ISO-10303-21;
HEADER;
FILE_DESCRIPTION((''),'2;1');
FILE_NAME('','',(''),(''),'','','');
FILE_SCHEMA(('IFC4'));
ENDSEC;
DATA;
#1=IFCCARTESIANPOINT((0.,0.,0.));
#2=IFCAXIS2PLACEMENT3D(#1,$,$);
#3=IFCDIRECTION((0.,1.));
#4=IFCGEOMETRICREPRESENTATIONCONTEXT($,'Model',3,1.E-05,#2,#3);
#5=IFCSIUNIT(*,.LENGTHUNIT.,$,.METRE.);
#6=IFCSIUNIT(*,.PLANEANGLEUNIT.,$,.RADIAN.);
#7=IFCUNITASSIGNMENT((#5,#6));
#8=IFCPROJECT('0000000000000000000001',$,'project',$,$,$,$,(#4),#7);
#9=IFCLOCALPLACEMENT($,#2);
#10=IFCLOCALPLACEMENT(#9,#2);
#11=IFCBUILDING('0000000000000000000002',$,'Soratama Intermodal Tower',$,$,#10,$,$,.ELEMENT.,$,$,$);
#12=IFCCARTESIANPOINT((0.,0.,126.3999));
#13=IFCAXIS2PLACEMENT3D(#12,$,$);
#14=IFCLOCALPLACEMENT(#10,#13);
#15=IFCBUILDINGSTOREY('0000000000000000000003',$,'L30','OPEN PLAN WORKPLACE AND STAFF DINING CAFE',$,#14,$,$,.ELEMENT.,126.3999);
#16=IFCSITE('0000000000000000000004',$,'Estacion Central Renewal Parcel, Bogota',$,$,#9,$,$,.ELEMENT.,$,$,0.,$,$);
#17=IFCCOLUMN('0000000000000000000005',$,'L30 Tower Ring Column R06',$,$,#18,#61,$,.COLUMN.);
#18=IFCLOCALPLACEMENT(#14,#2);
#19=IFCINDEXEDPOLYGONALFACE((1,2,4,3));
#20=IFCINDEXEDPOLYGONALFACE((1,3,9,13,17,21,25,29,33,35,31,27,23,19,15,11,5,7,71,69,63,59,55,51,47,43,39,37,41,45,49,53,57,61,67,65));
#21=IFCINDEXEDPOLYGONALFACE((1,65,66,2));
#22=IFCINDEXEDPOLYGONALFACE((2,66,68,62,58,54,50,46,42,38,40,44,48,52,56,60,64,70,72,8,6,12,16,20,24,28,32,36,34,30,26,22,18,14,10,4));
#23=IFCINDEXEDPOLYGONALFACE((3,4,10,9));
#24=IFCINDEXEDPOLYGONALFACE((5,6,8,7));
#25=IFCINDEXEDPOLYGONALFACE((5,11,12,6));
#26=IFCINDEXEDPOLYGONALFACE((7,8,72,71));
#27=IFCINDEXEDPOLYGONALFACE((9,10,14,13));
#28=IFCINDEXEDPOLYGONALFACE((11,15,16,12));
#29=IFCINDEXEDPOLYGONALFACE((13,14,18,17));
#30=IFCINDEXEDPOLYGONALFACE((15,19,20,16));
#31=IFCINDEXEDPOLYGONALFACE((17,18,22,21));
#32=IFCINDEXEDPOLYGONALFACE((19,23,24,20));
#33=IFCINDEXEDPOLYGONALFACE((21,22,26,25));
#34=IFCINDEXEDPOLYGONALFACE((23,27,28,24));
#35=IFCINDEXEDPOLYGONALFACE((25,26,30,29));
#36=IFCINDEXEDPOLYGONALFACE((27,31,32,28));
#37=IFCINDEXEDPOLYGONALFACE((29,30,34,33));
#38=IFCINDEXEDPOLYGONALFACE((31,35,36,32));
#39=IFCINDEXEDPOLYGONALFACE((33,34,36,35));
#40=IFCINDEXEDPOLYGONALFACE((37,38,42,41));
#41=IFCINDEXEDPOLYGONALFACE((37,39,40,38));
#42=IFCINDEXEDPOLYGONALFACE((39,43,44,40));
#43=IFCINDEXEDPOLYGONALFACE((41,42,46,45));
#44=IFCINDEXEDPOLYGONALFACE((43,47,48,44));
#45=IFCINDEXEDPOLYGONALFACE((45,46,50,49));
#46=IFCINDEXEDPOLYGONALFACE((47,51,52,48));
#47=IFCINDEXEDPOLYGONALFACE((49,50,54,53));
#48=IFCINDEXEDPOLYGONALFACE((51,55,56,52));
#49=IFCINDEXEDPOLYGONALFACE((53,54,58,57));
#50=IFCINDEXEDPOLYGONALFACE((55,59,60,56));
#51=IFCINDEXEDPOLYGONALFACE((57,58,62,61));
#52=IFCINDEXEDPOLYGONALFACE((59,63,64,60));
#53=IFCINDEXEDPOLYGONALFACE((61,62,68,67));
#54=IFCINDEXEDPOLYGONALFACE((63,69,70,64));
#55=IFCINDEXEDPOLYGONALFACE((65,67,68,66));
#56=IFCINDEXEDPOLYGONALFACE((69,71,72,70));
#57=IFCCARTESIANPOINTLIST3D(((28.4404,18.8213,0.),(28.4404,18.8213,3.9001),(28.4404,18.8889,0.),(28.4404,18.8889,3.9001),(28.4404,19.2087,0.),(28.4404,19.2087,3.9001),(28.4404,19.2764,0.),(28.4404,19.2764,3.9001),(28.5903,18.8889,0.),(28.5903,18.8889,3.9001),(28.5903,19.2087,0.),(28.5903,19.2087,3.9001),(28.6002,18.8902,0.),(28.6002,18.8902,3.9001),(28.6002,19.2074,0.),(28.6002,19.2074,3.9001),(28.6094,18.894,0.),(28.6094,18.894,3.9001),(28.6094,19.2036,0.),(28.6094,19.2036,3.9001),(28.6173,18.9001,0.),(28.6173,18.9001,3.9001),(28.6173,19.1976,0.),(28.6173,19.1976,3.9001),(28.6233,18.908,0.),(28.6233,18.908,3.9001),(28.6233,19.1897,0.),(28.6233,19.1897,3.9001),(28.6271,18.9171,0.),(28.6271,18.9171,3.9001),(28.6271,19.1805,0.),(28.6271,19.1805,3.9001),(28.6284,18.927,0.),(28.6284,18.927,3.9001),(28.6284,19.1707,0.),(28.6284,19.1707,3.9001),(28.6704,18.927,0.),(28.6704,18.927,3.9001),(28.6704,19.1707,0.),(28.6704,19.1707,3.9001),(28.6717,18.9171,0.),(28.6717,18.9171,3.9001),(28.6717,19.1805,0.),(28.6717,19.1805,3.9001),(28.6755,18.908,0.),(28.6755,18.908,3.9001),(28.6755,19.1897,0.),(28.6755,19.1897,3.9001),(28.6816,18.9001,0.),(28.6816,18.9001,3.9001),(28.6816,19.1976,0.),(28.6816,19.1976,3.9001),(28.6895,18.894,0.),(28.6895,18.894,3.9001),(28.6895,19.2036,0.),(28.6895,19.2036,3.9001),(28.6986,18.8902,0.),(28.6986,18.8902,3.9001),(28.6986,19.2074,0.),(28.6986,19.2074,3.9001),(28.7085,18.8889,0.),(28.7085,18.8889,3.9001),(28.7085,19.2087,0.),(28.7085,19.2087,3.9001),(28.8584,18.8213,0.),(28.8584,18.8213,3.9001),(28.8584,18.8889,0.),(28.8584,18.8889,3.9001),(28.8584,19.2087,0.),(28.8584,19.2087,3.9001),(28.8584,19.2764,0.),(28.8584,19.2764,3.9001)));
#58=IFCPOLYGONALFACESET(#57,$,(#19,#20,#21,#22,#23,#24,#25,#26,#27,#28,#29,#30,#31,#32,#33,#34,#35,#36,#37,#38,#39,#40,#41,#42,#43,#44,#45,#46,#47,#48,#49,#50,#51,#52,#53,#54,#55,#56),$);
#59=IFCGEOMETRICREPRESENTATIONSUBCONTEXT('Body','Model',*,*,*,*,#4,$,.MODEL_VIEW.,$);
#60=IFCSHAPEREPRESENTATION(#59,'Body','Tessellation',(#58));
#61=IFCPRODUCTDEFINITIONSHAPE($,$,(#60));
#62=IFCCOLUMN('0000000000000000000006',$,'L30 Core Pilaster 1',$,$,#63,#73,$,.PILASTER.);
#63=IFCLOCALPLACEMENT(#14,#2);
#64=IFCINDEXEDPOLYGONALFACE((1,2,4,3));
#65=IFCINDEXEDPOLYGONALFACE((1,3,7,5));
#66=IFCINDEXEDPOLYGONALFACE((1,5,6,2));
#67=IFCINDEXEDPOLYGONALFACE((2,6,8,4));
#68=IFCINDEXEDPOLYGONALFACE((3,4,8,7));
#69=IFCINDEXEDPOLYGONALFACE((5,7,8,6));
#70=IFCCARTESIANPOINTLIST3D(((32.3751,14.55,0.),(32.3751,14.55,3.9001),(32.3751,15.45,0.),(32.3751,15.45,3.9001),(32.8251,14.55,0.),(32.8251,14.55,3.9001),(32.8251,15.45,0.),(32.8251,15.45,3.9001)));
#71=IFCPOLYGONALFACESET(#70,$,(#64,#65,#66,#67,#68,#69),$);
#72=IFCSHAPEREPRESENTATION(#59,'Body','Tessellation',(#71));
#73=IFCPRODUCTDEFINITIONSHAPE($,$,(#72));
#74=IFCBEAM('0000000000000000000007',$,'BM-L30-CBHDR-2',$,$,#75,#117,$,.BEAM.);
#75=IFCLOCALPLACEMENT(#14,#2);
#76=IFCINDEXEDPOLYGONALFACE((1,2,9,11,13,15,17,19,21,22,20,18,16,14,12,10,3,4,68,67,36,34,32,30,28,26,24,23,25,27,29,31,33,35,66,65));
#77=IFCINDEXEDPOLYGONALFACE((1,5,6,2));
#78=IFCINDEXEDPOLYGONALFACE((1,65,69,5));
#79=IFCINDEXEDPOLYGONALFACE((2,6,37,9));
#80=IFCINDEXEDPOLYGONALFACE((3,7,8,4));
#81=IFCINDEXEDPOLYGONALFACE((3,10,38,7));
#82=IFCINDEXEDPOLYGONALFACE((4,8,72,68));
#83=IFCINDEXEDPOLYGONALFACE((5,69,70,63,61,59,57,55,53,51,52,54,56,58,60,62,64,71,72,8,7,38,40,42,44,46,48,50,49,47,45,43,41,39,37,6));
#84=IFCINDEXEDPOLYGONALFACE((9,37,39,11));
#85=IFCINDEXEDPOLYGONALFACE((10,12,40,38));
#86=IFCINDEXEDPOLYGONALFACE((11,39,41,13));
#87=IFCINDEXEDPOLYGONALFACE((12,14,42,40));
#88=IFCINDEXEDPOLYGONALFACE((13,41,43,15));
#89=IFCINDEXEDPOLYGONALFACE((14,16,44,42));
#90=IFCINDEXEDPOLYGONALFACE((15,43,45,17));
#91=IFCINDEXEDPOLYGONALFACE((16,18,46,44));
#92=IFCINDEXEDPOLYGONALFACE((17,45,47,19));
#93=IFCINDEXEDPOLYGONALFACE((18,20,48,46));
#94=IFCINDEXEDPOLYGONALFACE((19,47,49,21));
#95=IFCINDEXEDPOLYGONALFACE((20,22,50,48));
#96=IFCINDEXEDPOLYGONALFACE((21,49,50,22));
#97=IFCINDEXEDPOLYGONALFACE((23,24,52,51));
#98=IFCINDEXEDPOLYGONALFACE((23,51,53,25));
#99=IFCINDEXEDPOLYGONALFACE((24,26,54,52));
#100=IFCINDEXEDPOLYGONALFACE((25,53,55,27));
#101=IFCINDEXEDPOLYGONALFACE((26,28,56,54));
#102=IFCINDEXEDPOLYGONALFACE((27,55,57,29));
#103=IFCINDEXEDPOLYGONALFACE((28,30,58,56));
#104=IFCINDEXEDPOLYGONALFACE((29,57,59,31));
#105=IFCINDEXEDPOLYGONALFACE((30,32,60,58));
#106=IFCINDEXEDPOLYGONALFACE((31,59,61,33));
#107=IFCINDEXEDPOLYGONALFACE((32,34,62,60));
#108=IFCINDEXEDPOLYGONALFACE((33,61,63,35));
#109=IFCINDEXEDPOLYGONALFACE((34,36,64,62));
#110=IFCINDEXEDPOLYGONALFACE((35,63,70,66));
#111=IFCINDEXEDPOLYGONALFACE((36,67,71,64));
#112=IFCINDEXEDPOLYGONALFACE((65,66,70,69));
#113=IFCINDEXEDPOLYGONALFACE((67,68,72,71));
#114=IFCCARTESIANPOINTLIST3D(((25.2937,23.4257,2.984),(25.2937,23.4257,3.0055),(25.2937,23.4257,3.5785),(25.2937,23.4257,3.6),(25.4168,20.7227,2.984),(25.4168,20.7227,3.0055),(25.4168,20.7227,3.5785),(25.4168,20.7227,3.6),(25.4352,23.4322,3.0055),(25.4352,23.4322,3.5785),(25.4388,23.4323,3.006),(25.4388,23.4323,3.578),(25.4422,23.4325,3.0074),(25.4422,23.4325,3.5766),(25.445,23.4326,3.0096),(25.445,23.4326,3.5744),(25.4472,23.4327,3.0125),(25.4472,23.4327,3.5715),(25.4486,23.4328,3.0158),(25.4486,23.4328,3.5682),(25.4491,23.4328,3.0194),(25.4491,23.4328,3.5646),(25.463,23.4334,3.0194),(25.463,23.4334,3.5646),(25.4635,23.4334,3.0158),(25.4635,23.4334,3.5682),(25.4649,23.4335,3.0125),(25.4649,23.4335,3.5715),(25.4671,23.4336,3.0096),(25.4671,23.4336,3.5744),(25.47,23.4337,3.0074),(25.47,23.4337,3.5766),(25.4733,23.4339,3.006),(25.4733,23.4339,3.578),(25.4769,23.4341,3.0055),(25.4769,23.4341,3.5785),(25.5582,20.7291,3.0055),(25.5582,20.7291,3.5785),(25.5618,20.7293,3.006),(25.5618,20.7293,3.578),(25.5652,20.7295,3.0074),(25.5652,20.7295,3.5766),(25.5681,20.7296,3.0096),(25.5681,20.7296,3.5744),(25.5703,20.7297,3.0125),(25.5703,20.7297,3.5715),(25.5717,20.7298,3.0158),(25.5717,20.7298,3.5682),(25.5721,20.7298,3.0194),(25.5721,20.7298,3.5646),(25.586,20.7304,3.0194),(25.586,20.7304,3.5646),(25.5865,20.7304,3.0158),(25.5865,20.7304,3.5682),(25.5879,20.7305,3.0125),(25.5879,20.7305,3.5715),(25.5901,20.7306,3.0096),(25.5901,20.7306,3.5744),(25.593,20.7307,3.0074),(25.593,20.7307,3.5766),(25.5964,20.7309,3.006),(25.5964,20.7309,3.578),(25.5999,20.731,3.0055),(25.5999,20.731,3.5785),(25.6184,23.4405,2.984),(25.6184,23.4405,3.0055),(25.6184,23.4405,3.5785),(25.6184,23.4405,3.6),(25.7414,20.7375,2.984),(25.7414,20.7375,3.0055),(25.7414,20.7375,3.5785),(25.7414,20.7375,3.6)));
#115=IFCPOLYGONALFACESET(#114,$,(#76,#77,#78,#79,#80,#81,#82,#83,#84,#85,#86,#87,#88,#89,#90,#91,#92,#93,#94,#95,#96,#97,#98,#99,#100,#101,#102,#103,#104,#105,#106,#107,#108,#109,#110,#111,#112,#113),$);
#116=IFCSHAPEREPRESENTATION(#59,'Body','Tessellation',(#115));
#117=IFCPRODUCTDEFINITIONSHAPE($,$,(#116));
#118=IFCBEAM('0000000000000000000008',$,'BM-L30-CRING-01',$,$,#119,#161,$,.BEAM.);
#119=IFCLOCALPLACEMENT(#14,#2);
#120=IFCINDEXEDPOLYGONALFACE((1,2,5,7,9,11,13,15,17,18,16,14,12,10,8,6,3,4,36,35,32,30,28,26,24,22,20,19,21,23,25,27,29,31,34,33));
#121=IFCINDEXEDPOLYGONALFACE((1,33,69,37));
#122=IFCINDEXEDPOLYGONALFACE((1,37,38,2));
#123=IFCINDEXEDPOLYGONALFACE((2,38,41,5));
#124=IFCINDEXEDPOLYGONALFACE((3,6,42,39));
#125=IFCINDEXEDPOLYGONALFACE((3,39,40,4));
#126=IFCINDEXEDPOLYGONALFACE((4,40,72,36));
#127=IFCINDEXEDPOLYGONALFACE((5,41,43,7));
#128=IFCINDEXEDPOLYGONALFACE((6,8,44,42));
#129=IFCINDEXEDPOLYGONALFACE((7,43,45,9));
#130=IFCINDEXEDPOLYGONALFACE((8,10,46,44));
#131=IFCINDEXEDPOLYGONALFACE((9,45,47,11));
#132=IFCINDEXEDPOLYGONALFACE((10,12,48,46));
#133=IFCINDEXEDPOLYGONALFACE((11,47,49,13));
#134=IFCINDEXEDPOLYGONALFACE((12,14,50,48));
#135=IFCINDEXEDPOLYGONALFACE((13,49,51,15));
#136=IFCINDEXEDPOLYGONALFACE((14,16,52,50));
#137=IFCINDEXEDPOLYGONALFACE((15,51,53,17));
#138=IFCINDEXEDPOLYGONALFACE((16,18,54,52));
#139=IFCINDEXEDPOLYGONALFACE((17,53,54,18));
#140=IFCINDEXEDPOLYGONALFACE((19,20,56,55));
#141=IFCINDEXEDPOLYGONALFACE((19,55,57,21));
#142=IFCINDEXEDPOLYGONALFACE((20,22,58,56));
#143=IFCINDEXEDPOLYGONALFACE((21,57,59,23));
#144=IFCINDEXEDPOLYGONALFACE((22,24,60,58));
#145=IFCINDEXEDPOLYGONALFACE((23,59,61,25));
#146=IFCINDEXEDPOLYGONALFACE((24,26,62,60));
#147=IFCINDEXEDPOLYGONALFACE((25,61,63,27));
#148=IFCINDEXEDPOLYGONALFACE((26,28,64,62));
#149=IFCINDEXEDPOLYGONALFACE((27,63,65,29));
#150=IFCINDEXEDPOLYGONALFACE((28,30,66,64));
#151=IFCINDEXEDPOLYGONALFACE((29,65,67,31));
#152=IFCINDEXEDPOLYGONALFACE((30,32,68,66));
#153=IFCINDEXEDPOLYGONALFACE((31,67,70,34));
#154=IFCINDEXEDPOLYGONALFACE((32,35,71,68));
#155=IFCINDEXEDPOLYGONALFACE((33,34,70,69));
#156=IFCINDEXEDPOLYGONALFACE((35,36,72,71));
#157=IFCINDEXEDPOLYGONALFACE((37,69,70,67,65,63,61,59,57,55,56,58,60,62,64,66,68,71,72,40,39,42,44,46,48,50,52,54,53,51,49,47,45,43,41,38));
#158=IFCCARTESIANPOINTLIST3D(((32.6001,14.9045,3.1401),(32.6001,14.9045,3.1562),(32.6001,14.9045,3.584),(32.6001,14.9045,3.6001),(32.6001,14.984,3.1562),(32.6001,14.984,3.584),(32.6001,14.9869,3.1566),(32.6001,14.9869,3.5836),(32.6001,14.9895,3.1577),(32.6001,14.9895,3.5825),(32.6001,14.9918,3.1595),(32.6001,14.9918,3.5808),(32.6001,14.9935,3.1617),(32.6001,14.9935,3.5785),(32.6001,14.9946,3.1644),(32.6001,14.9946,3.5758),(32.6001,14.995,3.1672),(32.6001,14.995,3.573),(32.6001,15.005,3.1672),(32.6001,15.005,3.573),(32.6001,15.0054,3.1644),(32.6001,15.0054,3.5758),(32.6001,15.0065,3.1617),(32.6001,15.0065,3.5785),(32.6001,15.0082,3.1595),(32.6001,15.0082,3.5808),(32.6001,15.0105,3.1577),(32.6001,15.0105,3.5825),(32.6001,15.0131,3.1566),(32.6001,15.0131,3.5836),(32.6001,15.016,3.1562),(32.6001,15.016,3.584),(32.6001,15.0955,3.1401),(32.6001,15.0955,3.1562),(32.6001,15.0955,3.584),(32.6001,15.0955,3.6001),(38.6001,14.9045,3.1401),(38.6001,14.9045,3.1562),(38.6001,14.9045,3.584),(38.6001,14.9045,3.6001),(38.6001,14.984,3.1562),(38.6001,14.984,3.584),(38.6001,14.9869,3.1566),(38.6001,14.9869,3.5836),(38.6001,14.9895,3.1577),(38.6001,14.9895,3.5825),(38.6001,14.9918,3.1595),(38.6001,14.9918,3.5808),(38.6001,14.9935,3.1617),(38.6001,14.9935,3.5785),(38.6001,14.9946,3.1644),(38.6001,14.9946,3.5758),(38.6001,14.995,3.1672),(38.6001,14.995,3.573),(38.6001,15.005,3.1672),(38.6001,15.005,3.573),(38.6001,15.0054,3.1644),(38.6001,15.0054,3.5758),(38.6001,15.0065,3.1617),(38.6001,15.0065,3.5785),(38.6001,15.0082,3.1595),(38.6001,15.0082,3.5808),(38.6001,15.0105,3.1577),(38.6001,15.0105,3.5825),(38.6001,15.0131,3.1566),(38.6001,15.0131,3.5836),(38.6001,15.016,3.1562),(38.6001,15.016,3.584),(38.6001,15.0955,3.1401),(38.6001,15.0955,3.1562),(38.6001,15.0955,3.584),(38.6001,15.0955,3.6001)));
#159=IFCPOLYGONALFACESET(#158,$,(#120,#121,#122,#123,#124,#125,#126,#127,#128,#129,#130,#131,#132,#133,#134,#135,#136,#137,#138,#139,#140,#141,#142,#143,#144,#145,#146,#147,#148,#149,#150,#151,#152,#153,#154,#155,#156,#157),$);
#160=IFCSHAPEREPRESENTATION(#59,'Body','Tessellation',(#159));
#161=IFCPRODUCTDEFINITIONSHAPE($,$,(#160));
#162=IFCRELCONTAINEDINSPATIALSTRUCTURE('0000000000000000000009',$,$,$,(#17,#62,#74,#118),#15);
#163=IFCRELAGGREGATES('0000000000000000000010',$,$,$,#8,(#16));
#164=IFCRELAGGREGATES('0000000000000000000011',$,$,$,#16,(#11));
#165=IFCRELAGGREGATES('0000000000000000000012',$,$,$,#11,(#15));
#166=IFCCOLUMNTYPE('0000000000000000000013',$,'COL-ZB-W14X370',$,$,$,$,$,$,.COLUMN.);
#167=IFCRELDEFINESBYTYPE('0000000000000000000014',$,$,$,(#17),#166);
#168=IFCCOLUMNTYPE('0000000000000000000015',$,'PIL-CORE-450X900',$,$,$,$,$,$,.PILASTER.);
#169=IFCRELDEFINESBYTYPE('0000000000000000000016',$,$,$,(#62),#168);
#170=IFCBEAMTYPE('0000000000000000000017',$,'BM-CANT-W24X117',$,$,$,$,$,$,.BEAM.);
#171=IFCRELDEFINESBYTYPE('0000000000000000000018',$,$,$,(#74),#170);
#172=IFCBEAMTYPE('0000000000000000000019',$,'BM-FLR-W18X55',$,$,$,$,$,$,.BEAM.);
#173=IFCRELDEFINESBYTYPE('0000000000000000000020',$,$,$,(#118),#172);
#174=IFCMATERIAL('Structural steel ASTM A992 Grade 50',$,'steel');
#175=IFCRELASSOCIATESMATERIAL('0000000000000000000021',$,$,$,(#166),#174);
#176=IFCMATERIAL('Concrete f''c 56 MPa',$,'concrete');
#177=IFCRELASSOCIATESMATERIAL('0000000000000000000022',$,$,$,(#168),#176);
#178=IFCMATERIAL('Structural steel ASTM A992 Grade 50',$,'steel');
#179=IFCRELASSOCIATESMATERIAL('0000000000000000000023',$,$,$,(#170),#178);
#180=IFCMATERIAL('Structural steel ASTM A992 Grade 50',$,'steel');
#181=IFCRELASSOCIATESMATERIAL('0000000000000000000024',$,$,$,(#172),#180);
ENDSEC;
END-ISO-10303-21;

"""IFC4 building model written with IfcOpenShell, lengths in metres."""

from ifc_helpers import new_model, si_unit, direction, frame, origin, origin_2d, place, context, subcontext, project, spatial, rectangle, i_section, extrude, material, material_profile, profile_set, type_object, element, save


model = new_model("IFC4")

# Units and contexts
model_context = context("Model", 3, precision=1e-05, world=origin(), true_north=direction((0.0, 1.0)))
body_context = subcontext(model_context, "Body", "Model", "MODEL_VIEW")
ifc_project = project(units=[si_unit("LENGTHUNIT", "METRE"), si_unit("PLANEANGLEUNIT", "RADIAN")], contexts=[model_context])

# Site, building, storey
site_placement = place(None, origin())
site = spatial("IfcSite", under=ifc_project, at=site_placement, Name="Estacion Central Renewal Parcel, Bogota", CompositionType="ELEMENT", RefElevation=0.0)
building_placement = place(site_placement, origin())
building = spatial("IfcBuilding", under=site, at=building_placement, Name="Soratama Intermodal Tower", CompositionType="ELEMENT")
storey_placement = place(building_placement, frame((0.0, 0.0, 126.3999)))
storey = spatial("IfcBuildingStorey", under=building, at=storey_placement, Name="L30", Description="OPEN PLAN WORKPLACE AND STAFF DINING CAFE", CompositionType="ELEMENT", Elevation=126.3999)

# Columns
ifc_material_1 = material(Name="Structural steel ASTM A992 Grade 50", Category="steel")
ifc_material_profile_1 = material_profile(ifc_material_1, i_section(OverallWidth=0.418, OverallDepth=0.4551, WebThickness=0.042, FlangeThickness=0.0676, FilletRadius=0.0381, at=origin_2d()), Name="W14X370")
ifc_profile_set_1 = profile_set([ifc_material_profile_1], Name="Structural steel ASTM A992 Grade 50")
column_type_1 = type_object("IfcColumnType", Name="COL-ZB-W14X370", PredefinedType="COLUMN", material=ifc_profile_set_1)
column_1_placement = place(storey_placement, frame((28.6494, 19.0488, 0.0), z_axis=(0.0, 0.0, 1.0), x_axis=(1.0, 0.0, 0.0)))
element("IfcColumn", 1, at=column_1_placement, inside=storey, type_object=column_type_1, Name="L30 Tower Ring Column R06", PredefinedType="COLUMN", context=body_context, shape_type="SweptSolid", body=[
    extrude(i_section(OverallWidth=0.418, OverallDepth=0.4551, WebThickness=0.042, FlangeThickness=0.0676, FilletRadius=0.0381, at=origin_2d()), origin(), (0.0, 0.0, 1.0), 3.9001),
])
ifc_material_2 = material(Name="Concrete f'c 56 MPa", Category="concrete")
ifc_material_profile_2 = material_profile(ifc_material_2, rectangle(XDim=0.45, YDim=0.8999, at=origin_2d()), Name="RC450X900")
ifc_profile_set_2 = profile_set([ifc_material_profile_2], Name="Concrete f'c 56 MPa")
column_type_2 = type_object("IfcColumnType", Name="PIL-CORE-450X900", PredefinedType="PILASTER", material=ifc_profile_set_2)
column_2_placement = place(storey_placement, frame((32.6001, 15.0, 0.0), z_axis=(0.0, 0.0, 1.0), x_axis=(1.0, 0.0, 0.0)))
element("IfcColumn", 2, at=column_2_placement, inside=storey, type_object=column_type_2, Name="L30 Core Pilaster 1", PredefinedType="PILASTER", context=body_context, shape_type="SweptSolid", body=[
    extrude(rectangle(XDim=0.45, YDim=0.8999, at=origin_2d()), origin(), (0.0, 0.0, 1.0), 3.9001),
])

# Beams
ifc_material_3 = material(Name="Structural steel ASTM A992 Grade 50", Category="steel")
ifc_material_profile_3 = material_profile(ifc_material_3, i_section(OverallWidth=0.325, OverallDepth=0.616, WebThickness=0.0139, FlangeThickness=0.0215, FilletRadius=0.0139, at=origin_2d()), Name="W24X117")
ifc_profile_set_3 = profile_set([ifc_material_profile_3], Name="Structural steel ASTM A992 Grade 50")
beam_type_1 = type_object("IfcBeamType", Name="BM-CANT-W24X117", PredefinedType="BEAM", material=ifc_profile_set_3)
beam_1_placement = place(storey_placement, frame((25.4561, 23.4331, 3.292), z_axis=(0.045473, -0.998966, 0.0), x_axis=(0.998966, 0.045473, 0.0)))
element("IfcBeam", 3, at=beam_1_placement, inside=storey, type_object=beam_type_1, Name="BM-L30-CBHDR-2", PredefinedType="BEAM", context=body_context, shape_type="SweptSolid", body=[
    extrude(i_section(OverallWidth=0.325, OverallDepth=0.616, WebThickness=0.0139, FlangeThickness=0.0215, FilletRadius=0.0139, at=origin_2d()), origin(), (0.0, 0.0, 1.0), 2.7058),
])
ifc_material_4 = material(Name="Structural steel ASTM A992 Grade 50", Category="steel")
ifc_material_profile_4 = material_profile(ifc_material_4, i_section(OverallWidth=0.1909, OverallDepth=0.46, WebThickness=0.01, FlangeThickness=0.0161, FilletRadius=0.011, at=origin_2d()), Name="W18X55")
ifc_profile_set_4 = profile_set([ifc_material_profile_4], Name="Structural steel ASTM A992 Grade 50")
beam_type_2 = type_object("IfcBeamType", Name="BM-FLR-W18X55", PredefinedType="BEAM", material=ifc_profile_set_4)
beam_2_placement = place(storey_placement, frame((32.6001, 15.0, 3.3701), z_axis=(1.0, 0.0, 0.0), x_axis=(0.0, 1.0, 0.0)))
element("IfcBeam", 4, at=beam_2_placement, inside=storey, type_object=beam_type_2, Name="BM-L30-CRING-01", PredefinedType="BEAM", context=body_context, shape_type="SweptSolid", body=[
    extrude(i_section(OverallWidth=0.1909, OverallDepth=0.46, WebThickness=0.01, FlangeThickness=0.0161, FilletRadius=0.011, at=origin_2d()), origin(), (0.0, 0.0, 1.0), 6.0),
])

save(model, "model.ifc")
